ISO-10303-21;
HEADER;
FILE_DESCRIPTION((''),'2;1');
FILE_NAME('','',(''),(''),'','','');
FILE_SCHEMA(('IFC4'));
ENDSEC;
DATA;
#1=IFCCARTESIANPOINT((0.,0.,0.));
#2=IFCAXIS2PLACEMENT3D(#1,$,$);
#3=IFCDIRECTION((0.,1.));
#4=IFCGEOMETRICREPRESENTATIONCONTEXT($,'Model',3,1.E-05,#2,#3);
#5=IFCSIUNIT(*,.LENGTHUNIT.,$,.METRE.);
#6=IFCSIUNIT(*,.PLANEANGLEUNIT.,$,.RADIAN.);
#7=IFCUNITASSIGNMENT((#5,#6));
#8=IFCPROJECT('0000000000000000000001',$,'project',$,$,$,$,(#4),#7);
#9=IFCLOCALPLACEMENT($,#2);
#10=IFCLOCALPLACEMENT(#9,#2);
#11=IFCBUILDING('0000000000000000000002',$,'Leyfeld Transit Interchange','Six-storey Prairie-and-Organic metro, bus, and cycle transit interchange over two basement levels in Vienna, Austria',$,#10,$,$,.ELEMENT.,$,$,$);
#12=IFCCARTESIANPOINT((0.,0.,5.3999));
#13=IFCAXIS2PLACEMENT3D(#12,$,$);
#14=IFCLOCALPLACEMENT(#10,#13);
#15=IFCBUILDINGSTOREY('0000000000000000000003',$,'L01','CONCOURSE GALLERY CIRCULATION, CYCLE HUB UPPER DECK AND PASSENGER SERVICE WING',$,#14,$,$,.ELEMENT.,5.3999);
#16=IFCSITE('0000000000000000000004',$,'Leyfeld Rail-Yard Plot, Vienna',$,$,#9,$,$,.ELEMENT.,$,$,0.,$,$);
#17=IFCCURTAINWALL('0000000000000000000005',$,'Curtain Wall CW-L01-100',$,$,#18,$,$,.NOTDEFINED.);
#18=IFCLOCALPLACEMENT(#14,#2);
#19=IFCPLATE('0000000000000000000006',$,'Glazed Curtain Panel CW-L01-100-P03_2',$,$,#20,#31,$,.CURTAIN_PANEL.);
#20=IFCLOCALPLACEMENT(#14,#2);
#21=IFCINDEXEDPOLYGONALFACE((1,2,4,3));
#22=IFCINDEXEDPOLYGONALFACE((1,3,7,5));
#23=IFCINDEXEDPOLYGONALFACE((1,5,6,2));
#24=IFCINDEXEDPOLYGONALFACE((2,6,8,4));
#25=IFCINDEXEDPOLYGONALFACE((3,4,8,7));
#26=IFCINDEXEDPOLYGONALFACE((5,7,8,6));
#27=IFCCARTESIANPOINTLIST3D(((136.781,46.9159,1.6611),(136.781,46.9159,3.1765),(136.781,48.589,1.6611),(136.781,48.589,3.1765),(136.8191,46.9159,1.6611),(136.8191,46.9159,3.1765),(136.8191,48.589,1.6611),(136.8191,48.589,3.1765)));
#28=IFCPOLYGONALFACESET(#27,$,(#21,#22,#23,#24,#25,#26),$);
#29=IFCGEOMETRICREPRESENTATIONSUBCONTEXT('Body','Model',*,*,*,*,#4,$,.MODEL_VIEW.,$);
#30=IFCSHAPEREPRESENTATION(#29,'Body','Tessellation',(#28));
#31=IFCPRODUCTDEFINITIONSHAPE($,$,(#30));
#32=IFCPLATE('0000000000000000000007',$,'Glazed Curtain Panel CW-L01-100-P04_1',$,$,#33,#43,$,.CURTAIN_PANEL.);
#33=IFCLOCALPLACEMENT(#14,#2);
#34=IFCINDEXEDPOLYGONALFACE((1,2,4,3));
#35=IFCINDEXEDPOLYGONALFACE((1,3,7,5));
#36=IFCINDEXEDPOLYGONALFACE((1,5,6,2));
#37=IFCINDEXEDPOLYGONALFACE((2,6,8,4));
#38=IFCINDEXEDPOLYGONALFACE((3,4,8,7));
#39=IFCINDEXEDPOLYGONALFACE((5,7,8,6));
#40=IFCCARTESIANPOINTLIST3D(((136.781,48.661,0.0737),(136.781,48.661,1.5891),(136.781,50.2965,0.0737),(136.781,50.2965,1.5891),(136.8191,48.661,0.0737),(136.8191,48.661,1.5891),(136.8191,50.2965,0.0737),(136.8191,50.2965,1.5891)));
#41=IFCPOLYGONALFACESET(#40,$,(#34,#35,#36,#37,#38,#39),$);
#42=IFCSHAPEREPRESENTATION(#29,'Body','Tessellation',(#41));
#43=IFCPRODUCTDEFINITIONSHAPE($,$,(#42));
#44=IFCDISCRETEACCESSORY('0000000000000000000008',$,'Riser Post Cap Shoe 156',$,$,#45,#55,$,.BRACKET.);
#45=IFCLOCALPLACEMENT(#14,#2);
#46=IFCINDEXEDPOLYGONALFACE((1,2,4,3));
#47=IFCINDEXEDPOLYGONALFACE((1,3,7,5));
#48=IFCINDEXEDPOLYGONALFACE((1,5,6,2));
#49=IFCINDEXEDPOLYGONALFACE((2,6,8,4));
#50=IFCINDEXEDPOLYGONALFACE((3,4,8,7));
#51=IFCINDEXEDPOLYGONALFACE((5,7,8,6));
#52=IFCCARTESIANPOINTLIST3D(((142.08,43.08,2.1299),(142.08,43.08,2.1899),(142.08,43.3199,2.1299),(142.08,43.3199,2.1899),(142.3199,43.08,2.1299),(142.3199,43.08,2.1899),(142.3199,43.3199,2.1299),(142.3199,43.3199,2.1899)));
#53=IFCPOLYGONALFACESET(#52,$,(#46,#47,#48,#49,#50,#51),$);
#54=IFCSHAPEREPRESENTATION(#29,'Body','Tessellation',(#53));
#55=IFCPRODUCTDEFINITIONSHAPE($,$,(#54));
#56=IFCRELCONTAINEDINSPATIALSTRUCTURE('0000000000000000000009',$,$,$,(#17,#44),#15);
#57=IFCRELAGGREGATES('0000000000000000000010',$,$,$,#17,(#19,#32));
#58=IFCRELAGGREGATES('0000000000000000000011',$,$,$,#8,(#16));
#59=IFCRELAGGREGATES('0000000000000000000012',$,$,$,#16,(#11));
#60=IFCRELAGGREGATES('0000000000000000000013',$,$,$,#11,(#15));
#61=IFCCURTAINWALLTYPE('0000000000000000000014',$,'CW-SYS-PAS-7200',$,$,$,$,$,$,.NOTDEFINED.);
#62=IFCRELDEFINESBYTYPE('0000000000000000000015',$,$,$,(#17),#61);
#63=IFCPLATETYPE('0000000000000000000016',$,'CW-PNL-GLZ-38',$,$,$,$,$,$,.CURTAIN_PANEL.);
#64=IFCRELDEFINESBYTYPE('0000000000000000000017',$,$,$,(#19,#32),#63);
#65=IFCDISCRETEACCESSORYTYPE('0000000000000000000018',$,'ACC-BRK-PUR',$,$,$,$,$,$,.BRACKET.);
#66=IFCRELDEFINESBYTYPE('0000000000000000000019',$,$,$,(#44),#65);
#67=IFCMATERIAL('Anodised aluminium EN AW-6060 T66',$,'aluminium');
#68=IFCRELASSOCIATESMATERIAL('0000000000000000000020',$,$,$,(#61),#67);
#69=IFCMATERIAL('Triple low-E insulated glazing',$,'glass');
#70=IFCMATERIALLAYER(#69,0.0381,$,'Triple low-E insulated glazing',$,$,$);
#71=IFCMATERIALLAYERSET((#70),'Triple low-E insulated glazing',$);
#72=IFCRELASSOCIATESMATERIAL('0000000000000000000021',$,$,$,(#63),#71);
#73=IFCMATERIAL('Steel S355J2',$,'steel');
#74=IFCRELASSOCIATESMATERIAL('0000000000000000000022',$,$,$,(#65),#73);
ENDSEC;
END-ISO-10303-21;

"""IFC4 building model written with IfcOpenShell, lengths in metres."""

from ifc_helpers import new_model, si_unit, direction, frame, origin, origin_2d, place, context, subcontext, project, spatial, rectangle, extrude, material, layer, layer_set, type_object, element, aggregate, save


model = new_model("IFC4")

# Units and contexts
model_context = context("Model", 3, precision=1e-05, world=origin(), true_north=direction((0.0, 1.0)))
body_context = subcontext(model_context, "Body", "Model", "MODEL_VIEW")
ifc_project = project(units=[si_unit("LENGTHUNIT", "METRE"), si_unit("PLANEANGLEUNIT", "RADIAN")], contexts=[model_context])

# Site, building, storey
site_placement = place(None, origin())
site = spatial("IfcSite", under=ifc_project, at=site_placement, Name="Leyfeld Rail-Yard Plot, Vienna", CompositionType="ELEMENT", RefElevation=0.0)
building_placement = place(site_placement, origin())
building = spatial("IfcBuilding", under=site, at=building_placement, Name="Leyfeld Transit Interchange", Description="Six-storey Prairie-and-Organic metro, bus, and cycle transit interchange over two basement levels in Vienna, Austria", CompositionType="ELEMENT")
storey_placement = place(building_placement, frame((0.0, 0.0, 5.3999)))
storey = spatial("IfcBuildingStorey", under=building, at=storey_placement, Name="L01", Description="CONCOURSE GALLERY CIRCULATION, CYCLE HUB UPPER DECK AND PASSENGER SERVICE WING", CompositionType="ELEMENT", Elevation=5.3999)

# Shared definitions
ifc_material_1 = material(Name="Steel S355J2", Category="steel")

# Shared definitions
ifc_material_2 = material(Name="Anodised aluminium EN AW-6060 T66", Category="aluminium")

# Curtain wall
curtain_wall_type_1 = type_object("IfcCurtainWallType", Name="CW-SYS-PAS-7200", PredefinedType="NOTDEFINED", material=ifc_material_2)
curtain_wall_1_placement = place(storey_placement, origin())
curtain_wall_1 = element("IfcCurtainWall", 1, at=curtain_wall_1_placement, inside=storey, type_object=curtain_wall_type_1, Name="Curtain Wall CW-L01-100", PredefinedType="NOTDEFINED")

# Plates
ifc_material_3 = material(Name="Triple low-E insulated glazing", Category="glass")
ifc_layer_1 = layer(ifc_material_3, 0.0381, Name="Triple low-E insulated glazing")
ifc_layer_set_1 = layer_set([ifc_layer_1], Name="Triple low-E insulated glazing")
plate_type_1 = type_object("IfcPlateType", Name="CW-PNL-GLZ-38", PredefinedType="CURTAIN_PANEL", material=ifc_layer_set_1)
plate_1_placement = place(storey_placement, frame((136.8, 47.7524, 1.6611), z_axis=(0.0, 0.0, 1.0), x_axis=(0.0, 1.0, 0.0)))
plate_1 = element("IfcPlate", 2, at=plate_1_placement, type_object=plate_type_1, Name="Glazed Curtain Panel CW-L01-100-P03_2", PredefinedType="CURTAIN_PANEL", context=body_context, shape_type="SweptSolid", body=[
    extrude(rectangle(XDim=1.6731, YDim=0.0381, at=origin_2d()), origin(), (0.0, 0.0, 1.0), 1.5154),
])
plate_2_placement = place(storey_placement, frame((136.8, 49.4788, 0.0737), z_axis=(0.0, 0.0, 1.0), x_axis=(0.0, 1.0, 0.0)))
plate_2 = element("IfcPlate", 3, at=plate_2_placement, type_object=plate_type_1, Name="Glazed Curtain Panel CW-L01-100-P04_1", PredefinedType="CURTAIN_PANEL", context=body_context, shape_type="SweptSolid", body=[
    extrude(rectangle(XDim=1.6355, YDim=0.0381, at=origin_2d()), origin(), (0.0, 0.0, 1.0), 1.5154),
])
aggregate(curtain_wall_1, [plate_1, plate_2])

# Discrete accessory
discrete_accessory_type = type_object("IfcDiscreteAccessoryType", Name="ACC-BRK-PUR", PredefinedType="BRACKET", material=ifc_material_1)
discrete_accessory_placement = place(storey_placement, frame((142.2, 43.2, 2.1299), z_axis=(0.0, 0.0, 1.0), x_axis=(1.0, 0.0, 0.0)))
element("IfcDiscreteAccessory", 4, at=discrete_accessory_placement, inside=storey, type_object=discrete_accessory_type, Name="Riser Post Cap Shoe 156", PredefinedType="BRACKET", context=body_context, shape_type="SweptSolid", body=[
    extrude(rectangle(XDim=0.24, YDim=0.24, at=origin_2d()), origin(), (0.0, 0.0, 1.0), 0.0601),
])

save(model, "model.ifc")
